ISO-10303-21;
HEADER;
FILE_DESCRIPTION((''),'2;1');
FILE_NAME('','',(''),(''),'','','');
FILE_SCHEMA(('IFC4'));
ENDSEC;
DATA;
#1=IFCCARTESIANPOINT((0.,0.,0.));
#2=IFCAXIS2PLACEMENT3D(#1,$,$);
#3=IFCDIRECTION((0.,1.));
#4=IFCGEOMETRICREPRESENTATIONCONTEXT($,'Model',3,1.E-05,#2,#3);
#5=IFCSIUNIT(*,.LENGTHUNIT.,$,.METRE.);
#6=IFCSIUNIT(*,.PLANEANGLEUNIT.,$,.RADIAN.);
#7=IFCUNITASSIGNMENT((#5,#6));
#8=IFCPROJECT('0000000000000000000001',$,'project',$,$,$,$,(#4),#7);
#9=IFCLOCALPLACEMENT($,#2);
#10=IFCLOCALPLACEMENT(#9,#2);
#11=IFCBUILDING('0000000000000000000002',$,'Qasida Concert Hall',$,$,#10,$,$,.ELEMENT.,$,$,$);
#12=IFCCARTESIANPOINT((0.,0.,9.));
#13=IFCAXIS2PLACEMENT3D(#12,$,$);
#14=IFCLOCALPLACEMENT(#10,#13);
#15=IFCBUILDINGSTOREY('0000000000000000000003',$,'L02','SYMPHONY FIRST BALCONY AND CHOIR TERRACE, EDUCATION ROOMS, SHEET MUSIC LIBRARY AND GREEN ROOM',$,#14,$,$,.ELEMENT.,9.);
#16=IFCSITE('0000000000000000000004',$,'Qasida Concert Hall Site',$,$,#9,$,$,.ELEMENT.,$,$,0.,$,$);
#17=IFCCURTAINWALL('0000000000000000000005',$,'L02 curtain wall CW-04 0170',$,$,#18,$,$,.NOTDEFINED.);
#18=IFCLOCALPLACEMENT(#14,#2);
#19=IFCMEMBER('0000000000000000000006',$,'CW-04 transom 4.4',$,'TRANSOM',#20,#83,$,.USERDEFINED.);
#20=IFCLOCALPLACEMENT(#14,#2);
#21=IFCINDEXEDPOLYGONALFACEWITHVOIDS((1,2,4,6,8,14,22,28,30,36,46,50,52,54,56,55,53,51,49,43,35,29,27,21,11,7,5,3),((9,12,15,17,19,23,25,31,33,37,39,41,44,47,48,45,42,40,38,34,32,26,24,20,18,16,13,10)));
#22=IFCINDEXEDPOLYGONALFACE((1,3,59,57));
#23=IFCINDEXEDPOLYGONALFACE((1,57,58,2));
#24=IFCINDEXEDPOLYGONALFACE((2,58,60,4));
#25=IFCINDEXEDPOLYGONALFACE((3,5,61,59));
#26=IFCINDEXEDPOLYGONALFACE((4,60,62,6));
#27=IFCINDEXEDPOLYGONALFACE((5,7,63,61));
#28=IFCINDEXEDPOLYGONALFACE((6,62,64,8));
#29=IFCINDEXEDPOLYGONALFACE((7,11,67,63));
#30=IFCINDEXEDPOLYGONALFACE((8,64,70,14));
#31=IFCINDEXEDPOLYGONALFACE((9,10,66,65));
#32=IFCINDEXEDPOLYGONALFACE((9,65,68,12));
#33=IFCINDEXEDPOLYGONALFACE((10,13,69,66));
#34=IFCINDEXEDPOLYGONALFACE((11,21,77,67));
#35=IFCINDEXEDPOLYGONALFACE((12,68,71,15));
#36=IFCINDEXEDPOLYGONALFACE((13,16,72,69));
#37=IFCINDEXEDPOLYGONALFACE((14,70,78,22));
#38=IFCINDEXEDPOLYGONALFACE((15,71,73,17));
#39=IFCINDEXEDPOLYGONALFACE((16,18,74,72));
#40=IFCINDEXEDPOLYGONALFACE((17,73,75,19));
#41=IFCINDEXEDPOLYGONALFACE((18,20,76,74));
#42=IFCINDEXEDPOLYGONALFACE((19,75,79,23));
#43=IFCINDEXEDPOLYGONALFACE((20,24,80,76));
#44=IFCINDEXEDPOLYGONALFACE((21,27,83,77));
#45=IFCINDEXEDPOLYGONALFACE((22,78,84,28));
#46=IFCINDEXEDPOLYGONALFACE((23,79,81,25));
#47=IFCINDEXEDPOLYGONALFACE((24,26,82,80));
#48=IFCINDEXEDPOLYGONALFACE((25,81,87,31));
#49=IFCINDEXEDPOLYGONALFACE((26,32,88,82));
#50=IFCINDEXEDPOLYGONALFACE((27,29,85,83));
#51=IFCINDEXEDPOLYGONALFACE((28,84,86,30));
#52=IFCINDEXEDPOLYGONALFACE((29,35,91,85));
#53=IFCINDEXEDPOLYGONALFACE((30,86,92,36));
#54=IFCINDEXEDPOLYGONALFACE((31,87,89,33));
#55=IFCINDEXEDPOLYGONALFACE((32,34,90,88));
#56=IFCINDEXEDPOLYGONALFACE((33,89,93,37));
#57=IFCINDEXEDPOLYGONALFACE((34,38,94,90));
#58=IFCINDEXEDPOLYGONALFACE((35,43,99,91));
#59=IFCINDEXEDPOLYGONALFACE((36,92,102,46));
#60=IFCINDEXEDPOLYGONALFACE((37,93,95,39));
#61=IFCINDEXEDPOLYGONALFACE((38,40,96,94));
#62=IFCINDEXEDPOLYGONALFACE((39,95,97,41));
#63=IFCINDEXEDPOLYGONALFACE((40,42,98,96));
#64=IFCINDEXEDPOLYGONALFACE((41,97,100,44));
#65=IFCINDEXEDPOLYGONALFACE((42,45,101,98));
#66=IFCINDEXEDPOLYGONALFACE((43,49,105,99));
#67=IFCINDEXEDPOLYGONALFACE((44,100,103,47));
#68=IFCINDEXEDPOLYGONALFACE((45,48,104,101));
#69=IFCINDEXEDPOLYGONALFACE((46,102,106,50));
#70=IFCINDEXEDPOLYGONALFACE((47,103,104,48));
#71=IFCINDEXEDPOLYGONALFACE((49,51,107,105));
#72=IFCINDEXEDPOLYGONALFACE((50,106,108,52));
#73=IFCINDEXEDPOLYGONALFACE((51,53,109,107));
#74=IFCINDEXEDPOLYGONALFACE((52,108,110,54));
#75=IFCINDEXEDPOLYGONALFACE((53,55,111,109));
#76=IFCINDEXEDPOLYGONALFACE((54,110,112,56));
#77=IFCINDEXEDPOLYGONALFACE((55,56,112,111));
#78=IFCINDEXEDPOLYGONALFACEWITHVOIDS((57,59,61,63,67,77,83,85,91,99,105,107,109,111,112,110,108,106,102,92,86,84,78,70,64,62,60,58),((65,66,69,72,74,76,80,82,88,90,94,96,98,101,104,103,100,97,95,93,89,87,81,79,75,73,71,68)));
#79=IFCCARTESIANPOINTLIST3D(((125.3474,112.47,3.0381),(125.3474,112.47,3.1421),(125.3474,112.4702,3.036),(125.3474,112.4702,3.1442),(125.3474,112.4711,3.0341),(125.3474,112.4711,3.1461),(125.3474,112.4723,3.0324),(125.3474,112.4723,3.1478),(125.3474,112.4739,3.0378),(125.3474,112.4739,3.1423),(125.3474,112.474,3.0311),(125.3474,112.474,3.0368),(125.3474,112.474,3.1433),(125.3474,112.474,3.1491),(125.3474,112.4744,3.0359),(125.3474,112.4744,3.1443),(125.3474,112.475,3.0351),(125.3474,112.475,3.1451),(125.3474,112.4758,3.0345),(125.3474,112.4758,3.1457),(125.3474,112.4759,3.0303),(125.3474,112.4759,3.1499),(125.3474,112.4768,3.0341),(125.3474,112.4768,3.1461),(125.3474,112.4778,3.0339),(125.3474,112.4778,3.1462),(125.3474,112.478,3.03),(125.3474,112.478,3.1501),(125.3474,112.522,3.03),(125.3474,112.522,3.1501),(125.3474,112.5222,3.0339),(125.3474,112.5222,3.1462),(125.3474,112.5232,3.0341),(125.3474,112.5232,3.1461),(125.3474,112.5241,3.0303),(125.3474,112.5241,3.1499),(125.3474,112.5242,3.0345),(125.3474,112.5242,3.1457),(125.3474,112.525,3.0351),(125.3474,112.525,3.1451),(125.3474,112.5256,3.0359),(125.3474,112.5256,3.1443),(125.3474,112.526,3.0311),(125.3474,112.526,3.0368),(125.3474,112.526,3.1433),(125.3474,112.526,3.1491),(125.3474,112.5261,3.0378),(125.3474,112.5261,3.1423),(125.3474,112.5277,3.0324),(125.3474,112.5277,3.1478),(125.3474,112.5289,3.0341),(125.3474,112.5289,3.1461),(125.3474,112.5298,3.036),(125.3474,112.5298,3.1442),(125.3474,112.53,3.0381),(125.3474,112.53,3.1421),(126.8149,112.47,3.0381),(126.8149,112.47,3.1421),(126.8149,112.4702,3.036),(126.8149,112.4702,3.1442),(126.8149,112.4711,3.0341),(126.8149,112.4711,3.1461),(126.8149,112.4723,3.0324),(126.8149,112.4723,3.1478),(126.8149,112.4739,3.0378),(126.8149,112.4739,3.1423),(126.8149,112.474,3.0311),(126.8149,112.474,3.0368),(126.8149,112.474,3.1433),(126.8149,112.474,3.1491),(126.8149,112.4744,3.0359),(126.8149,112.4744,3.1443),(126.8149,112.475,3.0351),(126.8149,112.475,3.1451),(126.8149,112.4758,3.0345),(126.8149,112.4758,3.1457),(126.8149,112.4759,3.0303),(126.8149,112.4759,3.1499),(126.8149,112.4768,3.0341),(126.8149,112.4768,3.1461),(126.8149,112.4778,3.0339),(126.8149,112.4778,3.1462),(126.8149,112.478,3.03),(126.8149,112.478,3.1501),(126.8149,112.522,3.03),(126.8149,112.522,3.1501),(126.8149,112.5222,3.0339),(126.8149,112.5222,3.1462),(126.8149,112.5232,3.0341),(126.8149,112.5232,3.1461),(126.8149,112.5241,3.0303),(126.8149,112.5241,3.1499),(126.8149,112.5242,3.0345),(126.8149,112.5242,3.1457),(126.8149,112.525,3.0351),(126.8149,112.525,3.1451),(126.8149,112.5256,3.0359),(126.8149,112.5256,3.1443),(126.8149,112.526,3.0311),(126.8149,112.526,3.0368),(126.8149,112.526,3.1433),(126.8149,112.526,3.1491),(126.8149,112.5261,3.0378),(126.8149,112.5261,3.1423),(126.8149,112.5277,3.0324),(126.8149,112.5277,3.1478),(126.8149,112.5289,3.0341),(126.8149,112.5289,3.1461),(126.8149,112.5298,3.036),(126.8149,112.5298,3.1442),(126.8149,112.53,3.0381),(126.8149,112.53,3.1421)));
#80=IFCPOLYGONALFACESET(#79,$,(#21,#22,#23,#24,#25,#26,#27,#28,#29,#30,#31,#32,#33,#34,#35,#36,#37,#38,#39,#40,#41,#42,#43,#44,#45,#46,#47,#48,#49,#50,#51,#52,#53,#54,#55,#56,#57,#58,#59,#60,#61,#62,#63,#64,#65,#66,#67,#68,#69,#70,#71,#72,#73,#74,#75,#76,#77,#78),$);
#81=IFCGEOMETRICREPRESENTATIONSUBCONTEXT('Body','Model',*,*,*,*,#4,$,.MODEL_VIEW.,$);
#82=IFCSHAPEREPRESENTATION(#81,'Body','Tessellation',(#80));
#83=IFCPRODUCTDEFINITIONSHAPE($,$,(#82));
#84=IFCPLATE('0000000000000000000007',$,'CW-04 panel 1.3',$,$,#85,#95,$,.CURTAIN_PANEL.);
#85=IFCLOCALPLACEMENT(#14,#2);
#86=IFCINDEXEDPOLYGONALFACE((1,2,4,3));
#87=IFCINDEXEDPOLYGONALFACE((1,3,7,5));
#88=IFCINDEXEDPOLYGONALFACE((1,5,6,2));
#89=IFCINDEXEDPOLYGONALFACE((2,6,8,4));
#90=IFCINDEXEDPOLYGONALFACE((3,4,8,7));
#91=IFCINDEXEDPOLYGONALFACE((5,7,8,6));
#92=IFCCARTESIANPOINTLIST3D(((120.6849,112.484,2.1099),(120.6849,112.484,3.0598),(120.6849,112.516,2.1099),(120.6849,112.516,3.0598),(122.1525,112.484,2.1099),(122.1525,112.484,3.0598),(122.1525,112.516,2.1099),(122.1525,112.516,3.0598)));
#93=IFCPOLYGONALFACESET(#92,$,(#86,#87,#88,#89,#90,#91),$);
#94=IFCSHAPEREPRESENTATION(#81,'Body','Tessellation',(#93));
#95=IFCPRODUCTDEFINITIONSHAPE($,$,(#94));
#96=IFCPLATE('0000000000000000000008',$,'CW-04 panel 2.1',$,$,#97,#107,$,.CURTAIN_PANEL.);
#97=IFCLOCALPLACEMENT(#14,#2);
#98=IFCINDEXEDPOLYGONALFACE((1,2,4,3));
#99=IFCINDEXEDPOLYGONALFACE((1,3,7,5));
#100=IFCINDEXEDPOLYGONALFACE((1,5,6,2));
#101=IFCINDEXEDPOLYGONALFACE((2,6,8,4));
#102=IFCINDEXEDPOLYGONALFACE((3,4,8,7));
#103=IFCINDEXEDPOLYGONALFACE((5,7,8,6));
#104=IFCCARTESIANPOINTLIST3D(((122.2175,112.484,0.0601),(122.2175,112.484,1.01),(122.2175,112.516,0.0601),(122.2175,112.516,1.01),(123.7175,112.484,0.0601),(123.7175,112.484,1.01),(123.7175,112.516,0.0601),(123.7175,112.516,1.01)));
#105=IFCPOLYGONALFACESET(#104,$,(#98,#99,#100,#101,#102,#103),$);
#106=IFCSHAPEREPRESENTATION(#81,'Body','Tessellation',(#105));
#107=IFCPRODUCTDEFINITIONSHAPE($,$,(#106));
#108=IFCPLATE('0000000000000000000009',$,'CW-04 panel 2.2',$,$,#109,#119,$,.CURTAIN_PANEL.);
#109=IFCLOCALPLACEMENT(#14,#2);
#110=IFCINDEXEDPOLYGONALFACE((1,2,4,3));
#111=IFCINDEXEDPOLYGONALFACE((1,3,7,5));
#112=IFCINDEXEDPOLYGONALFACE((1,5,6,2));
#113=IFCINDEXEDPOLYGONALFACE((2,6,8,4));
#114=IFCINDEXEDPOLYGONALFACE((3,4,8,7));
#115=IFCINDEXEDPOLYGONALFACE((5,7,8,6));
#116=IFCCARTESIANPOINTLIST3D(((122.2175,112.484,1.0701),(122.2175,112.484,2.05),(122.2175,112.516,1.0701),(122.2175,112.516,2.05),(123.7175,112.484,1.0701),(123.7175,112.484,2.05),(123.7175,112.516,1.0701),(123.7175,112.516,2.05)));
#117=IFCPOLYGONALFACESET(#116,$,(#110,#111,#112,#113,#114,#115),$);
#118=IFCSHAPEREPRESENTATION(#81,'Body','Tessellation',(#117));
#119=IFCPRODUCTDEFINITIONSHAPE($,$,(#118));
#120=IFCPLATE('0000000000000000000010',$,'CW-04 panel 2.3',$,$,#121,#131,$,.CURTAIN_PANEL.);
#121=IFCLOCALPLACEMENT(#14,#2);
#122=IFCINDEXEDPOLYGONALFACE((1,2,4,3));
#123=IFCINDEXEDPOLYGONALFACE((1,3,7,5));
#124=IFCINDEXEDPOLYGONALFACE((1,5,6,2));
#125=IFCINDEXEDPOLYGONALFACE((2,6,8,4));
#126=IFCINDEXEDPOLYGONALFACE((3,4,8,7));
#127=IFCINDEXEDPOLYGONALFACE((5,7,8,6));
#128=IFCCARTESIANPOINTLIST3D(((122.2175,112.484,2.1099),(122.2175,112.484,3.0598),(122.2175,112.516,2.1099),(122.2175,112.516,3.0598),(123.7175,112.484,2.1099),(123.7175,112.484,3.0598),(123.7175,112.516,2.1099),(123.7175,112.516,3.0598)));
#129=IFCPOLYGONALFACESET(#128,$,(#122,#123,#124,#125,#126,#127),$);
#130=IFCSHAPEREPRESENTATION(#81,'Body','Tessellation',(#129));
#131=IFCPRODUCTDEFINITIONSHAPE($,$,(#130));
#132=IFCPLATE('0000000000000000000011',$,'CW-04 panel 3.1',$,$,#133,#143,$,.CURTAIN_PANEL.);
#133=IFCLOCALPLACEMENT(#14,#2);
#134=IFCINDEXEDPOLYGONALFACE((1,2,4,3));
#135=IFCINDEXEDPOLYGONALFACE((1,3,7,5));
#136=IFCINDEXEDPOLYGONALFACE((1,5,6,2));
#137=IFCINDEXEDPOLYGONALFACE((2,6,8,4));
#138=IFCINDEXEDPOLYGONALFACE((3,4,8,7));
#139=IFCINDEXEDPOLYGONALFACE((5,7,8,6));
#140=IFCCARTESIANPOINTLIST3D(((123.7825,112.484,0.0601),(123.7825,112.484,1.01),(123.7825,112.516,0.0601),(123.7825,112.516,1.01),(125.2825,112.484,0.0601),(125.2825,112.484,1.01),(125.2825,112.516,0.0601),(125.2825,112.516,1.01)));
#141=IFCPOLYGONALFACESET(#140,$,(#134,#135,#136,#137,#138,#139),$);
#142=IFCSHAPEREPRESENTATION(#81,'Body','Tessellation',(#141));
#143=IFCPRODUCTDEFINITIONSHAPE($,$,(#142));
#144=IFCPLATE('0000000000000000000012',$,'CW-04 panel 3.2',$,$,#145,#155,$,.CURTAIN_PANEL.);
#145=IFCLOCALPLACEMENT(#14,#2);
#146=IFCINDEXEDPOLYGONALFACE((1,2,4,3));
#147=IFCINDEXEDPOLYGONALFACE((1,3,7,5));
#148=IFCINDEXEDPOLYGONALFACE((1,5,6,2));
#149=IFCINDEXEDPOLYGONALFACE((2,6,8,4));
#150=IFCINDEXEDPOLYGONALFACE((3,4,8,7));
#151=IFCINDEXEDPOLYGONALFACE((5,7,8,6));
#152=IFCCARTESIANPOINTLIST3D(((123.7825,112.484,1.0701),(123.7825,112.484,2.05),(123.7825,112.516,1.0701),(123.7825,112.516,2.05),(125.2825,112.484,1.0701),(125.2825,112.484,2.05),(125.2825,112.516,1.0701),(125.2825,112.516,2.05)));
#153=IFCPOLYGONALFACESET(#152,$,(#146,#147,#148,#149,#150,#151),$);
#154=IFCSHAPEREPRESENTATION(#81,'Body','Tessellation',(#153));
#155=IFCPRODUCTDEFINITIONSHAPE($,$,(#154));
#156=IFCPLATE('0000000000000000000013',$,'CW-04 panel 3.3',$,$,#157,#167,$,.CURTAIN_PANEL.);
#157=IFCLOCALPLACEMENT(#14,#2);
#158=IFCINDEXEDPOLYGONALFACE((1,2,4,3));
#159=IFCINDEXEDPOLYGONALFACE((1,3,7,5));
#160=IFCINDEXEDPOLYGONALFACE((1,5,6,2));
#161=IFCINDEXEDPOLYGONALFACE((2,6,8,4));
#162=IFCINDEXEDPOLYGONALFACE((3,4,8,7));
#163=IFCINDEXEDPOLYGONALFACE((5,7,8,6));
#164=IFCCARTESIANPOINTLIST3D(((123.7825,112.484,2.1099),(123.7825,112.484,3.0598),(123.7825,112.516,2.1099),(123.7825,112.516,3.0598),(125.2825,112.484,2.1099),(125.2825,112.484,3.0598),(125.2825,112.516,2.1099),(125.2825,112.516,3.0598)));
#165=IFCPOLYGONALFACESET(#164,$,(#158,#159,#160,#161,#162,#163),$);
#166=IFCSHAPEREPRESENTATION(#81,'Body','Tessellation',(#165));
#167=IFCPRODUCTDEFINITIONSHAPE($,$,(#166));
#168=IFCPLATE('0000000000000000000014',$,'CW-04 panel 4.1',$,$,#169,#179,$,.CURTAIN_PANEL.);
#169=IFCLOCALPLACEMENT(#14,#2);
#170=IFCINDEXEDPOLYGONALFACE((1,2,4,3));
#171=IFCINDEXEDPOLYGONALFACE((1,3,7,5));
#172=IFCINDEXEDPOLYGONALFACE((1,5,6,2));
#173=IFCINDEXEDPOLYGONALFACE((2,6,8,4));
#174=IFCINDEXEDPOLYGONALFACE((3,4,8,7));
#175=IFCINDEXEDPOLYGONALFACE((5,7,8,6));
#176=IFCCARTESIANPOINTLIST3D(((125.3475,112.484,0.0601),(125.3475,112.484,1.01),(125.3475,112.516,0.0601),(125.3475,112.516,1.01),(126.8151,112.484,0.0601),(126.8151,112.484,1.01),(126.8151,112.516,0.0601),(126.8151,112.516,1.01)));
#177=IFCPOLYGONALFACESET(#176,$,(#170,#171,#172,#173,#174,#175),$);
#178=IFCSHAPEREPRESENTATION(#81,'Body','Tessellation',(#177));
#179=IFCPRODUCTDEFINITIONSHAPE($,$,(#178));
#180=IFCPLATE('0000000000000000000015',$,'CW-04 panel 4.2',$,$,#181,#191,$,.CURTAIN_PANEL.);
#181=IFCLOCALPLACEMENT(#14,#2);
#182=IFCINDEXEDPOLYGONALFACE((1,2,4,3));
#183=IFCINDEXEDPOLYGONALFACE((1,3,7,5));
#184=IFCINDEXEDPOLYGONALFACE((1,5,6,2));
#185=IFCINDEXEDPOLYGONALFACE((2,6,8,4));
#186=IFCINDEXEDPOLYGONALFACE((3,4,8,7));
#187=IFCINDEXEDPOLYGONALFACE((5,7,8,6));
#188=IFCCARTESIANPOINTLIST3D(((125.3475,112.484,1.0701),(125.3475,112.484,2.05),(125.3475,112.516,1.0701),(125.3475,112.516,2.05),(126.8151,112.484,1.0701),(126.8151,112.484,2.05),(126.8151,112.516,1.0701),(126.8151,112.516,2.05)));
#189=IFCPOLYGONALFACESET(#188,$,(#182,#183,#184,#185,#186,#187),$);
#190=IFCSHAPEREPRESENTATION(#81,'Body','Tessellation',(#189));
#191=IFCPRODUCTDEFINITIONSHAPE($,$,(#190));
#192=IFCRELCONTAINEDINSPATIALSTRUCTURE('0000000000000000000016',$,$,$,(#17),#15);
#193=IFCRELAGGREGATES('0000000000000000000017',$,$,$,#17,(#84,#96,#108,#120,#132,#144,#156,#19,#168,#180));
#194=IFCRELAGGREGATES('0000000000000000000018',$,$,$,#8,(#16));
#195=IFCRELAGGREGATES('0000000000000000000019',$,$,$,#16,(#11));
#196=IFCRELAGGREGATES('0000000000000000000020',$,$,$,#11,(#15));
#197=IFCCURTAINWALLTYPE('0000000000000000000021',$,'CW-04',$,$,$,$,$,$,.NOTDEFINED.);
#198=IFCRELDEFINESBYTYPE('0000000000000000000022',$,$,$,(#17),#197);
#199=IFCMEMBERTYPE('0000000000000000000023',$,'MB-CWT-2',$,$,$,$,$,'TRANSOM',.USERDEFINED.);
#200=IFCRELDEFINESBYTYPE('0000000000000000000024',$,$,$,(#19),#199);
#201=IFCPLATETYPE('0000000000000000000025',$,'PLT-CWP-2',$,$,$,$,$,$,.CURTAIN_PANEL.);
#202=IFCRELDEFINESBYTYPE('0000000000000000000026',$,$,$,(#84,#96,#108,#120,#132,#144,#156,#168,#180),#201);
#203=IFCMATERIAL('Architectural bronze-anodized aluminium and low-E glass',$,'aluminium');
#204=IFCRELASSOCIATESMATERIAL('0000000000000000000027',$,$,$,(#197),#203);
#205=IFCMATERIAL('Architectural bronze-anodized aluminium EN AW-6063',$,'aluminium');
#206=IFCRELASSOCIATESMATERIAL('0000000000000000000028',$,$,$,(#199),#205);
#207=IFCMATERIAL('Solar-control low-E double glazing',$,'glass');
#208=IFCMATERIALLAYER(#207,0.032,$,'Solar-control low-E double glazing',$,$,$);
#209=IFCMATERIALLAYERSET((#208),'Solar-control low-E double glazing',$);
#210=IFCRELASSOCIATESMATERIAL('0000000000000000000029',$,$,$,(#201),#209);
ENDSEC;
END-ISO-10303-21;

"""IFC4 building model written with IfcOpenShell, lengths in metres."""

from ifc_helpers import new_model, si_unit, direction, frame, origin, origin_2d, place, context, subcontext, project, spatial, rectangle, hollow_rectangle, extrude, material, layer, layer_set, material_profile, profile_set, type_object, element, aggregate, save


model = new_model("IFC4")

# Units and contexts
model_context = context("Model", 3, precision=1e-05, world=origin(), true_north=direction((0.0, 1.0)))
body_context = subcontext(model_context, "Body", "Model", "MODEL_VIEW")
ifc_project = project(units=[si_unit("LENGTHUNIT", "METRE"), si_unit("PLANEANGLEUNIT", "RADIAN")], contexts=[model_context])

# Site, building, storey
site_placement = place(None, origin())
site = spatial("IfcSite", under=ifc_project, at=site_placement, Name="Qasida Concert Hall Site", CompositionType="ELEMENT", RefElevation=0.0)
building_placement = place(site_placement, origin())
building = spatial("IfcBuilding", under=site, at=building_placement, Name="Qasida Concert Hall", CompositionType="ELEMENT")
storey_placement = place(building_placement, frame((0.0, 0.0, 9.0)))
storey = spatial("IfcBuildingStorey", under=building, at=storey_placement, Name="L02", Description="SYMPHONY FIRST BALCONY AND CHOIR TERRACE, EDUCATION ROOMS, SHEET MUSIC LIBRARY AND GREEN ROOM", CompositionType="ELEMENT", Elevation=9.0)

# Curtain wall, member, plates
ifc_material_1 = material(Name="Architectural bronze-anodized aluminium and low-E glass", Category="aluminium")
curtain_wall_type = type_object("IfcCurtainWallType", Name="CW-04", PredefinedType="NOTDEFINED", material=ifc_material_1)
curtain_wall_placement = place(storey_placement, origin())
curtain_wall = element("IfcCurtainWall", 1, at=curtain_wall_placement, inside=storey, type_object=curtain_wall_type, Name="L02 curtain wall CW-04 0170", PredefinedType="NOTDEFINED")
ifc_material_2 = material(Name="Architectural bronze-anodized aluminium EN AW-6063", Category="aluminium")
ifc_material_profile_1 = material_profile(ifc_material_2, hollow_rectangle(XDim=0.0601, YDim=0.1201, WallThickness=0.0039, InnerFilletRadius=0.0039, OuterFilletRadius=0.0081, at=origin_2d()), Name="CWT 120x60x4")
ifc_profile_set_1 = profile_set([ifc_material_profile_1], Name="Architectural bronze-anodized aluminium EN AW-6063")
member_type_1 = type_object("IfcMemberType", Name="MB-CWT-2", ElementType="TRANSOM", PredefinedType="USERDEFINED", material=ifc_profile_set_1)
member_1_placement = place(storey_placement, frame((125.3474, 112.5, 3.0901), z_axis=(1.0, 0.0, 0.0), x_axis=(0.0, 1.0, 0.0)))
member_1 = element("IfcMember", 2, at=member_1_placement, type_object=member_type_1, Name="CW-04 transom 4.4", ObjectType="TRANSOM", PredefinedType="USERDEFINED", context=body_context, shape_type="SweptSolid", body=[
    extrude(hollow_rectangle(XDim=0.0601, YDim=0.1201, WallThickness=0.0039, InnerFilletRadius=0.0039, OuterFilletRadius=0.0081, at=origin_2d()), origin(), (0.0, 0.0, 1.0), 1.4675),
])
ifc_material_3 = material(Name="Solar-control low-E double glazing", Category="glass")
ifc_layer = layer(ifc_material_3, 0.032, Name="Solar-control low-E double glazing")
ifc_layer_set = layer_set([ifc_layer], Name="Solar-control low-E double glazing")
plate_type = type_object("IfcPlateType", Name="PLT-CWP-2", PredefinedType="CURTAIN_PANEL", material=ifc_layer_set)
plate_1_placement = place(storey_placement, frame((121.4187, 112.5, 2.1099), z_axis=(0.0, 0.0, 1.0), x_axis=(1.0, 0.0, 0.0)))
plate_1 = element("IfcPlate", 3, at=plate_1_placement, type_object=plate_type, Name="CW-04 panel 1.3", PredefinedType="CURTAIN_PANEL", context=body_context, shape_type="SweptSolid", body=[
    extrude(rectangle(XDim=1.4675, YDim=0.032, at=origin_2d()), origin(), (0.0, 0.0, 1.0), 0.95),
])
plate_2_placement = place(storey_placement, frame((122.9675, 112.5, 0.0601), z_axis=(0.0, 0.0, 1.0), x_axis=(1.0, 0.0, 0.0)))
plate_2 = element("IfcPlate", 4, at=plate_2_placement, type_object=plate_type, Name="CW-04 panel 2.1", PredefinedType="CURTAIN_PANEL", context=body_context, shape_type="SweptSolid", body=[
    extrude(rectangle(XDim=1.5, YDim=0.032, at=origin_2d()), origin(), (0.0, 0.0, 1.0), 0.95),
])
plate_3_placement = place(storey_placement, frame((122.9675, 112.5, 1.0701), z_axis=(0.0, 0.0, 1.0), x_axis=(1.0, 0.0, 0.0)))
plate_3 = element("IfcPlate", 5, at=plate_3_placement, type_object=plate_type, Name="CW-04 panel 2.2", PredefinedType="CURTAIN_PANEL", context=body_context, shape_type="SweptSolid", body=[
    extrude(rectangle(XDim=1.5, YDim=0.032, at=origin_2d()), origin(), (0.0, 0.0, 1.0), 0.98),
])
plate_4_placement = place(storey_placement, frame((122.9675, 112.5, 2.1099), z_axis=(0.0, 0.0, 1.0), x_axis=(1.0, 0.0, 0.0)))
plate_4 = element("IfcPlate", 6, at=plate_4_placement, type_object=plate_type, Name="CW-04 panel 2.3", PredefinedType="CURTAIN_PANEL", context=body_context, shape_type="SweptSolid", body=[
    extrude(rectangle(XDim=1.5, YDim=0.032, at=origin_2d()), origin(), (0.0, 0.0, 1.0), 0.95),
])
plate_5_placement = place(storey_placement, frame((124.5325, 112.5, 0.0601), z_axis=(0.0, 0.0, 1.0), x_axis=(1.0, 0.0, 0.0)))
plate_5 = element("IfcPlate", 7, at=plate_5_placement, type_object=plate_type, Name="CW-04 panel 3.1", PredefinedType="CURTAIN_PANEL", context=body_context, shape_type="SweptSolid", body=[
    extrude(rectangle(XDim=1.5, YDim=0.032, at=origin_2d()), origin(), (0.0, 0.0, 1.0), 0.95),
])
plate_6_placement = place(storey_placement, frame((124.5325, 112.5, 1.0701), z_axis=(0.0, 0.0, 1.0), x_axis=(1.0, 0.0, 0.0)))
plate_6 = element("IfcPlate", 8, at=plate_6_placement, type_object=plate_type, Name="CW-04 panel 3.2", PredefinedType="CURTAIN_PANEL", context=body_context, shape_type="SweptSolid", body=[
    extrude(rectangle(XDim=1.5, YDim=0.032, at=origin_2d()), origin(), (0.0, 0.0, 1.0), 0.98),
])
plate_7_placement = place(storey_placement, frame((124.5325, 112.5, 2.1099), z_axis=(0.0, 0.0, 1.0), x_axis=(1.0, 0.0, 0.0)))
plate_7 = element("IfcPlate", 9, at=plate_7_placement, type_object=plate_type, Name="CW-04 panel 3.3", PredefinedType="CURTAIN_PANEL", context=body_context, shape_type="SweptSolid", body=[
    extrude(rectangle(XDim=1.5, YDim=0.032, at=origin_2d()), origin(), (0.0, 0.0, 1.0), 0.95),
])
plate_8_placement = place(storey_placement, frame((126.0813, 112.5, 0.0601), z_axis=(0.0, 0.0, 1.0), x_axis=(1.0, 0.0, 0.0)))
plate_8 = element("IfcPlate", 10, at=plate_8_placement, type_object=plate_type, Name="CW-04 panel 4.1", PredefinedType="CURTAIN_PANEL", context=body_context, shape_type="SweptSolid", body=[
    extrude(rectangle(XDim=1.4675, YDim=0.032, at=origin_2d()), origin(), (0.0, 0.0, 1.0), 0.95),
])
plate_9_placement = place(storey_placement, frame((126.0813, 112.5, 1.0701), z_axis=(0.0, 0.0, 1.0), x_axis=(1.0, 0.0, 0.0)))
plate_9 = element("IfcPlate", 11, at=plate_9_placement, type_object=plate_type, Name="CW-04 panel 4.2", PredefinedType="CURTAIN_PANEL", context=body_context, shape_type="SweptSolid", body=[
    extrude(rectangle(XDim=1.4675, YDim=0.032, at=origin_2d()), origin(), (0.0, 0.0, 1.0), 0.98),
])
aggregate(curtain_wall, [plate_1, plate_2, plate_3, plate_4, plate_5, plate_6, plate_7, member_1, plate_8, plate_9])

save(model, "model.ifc")
